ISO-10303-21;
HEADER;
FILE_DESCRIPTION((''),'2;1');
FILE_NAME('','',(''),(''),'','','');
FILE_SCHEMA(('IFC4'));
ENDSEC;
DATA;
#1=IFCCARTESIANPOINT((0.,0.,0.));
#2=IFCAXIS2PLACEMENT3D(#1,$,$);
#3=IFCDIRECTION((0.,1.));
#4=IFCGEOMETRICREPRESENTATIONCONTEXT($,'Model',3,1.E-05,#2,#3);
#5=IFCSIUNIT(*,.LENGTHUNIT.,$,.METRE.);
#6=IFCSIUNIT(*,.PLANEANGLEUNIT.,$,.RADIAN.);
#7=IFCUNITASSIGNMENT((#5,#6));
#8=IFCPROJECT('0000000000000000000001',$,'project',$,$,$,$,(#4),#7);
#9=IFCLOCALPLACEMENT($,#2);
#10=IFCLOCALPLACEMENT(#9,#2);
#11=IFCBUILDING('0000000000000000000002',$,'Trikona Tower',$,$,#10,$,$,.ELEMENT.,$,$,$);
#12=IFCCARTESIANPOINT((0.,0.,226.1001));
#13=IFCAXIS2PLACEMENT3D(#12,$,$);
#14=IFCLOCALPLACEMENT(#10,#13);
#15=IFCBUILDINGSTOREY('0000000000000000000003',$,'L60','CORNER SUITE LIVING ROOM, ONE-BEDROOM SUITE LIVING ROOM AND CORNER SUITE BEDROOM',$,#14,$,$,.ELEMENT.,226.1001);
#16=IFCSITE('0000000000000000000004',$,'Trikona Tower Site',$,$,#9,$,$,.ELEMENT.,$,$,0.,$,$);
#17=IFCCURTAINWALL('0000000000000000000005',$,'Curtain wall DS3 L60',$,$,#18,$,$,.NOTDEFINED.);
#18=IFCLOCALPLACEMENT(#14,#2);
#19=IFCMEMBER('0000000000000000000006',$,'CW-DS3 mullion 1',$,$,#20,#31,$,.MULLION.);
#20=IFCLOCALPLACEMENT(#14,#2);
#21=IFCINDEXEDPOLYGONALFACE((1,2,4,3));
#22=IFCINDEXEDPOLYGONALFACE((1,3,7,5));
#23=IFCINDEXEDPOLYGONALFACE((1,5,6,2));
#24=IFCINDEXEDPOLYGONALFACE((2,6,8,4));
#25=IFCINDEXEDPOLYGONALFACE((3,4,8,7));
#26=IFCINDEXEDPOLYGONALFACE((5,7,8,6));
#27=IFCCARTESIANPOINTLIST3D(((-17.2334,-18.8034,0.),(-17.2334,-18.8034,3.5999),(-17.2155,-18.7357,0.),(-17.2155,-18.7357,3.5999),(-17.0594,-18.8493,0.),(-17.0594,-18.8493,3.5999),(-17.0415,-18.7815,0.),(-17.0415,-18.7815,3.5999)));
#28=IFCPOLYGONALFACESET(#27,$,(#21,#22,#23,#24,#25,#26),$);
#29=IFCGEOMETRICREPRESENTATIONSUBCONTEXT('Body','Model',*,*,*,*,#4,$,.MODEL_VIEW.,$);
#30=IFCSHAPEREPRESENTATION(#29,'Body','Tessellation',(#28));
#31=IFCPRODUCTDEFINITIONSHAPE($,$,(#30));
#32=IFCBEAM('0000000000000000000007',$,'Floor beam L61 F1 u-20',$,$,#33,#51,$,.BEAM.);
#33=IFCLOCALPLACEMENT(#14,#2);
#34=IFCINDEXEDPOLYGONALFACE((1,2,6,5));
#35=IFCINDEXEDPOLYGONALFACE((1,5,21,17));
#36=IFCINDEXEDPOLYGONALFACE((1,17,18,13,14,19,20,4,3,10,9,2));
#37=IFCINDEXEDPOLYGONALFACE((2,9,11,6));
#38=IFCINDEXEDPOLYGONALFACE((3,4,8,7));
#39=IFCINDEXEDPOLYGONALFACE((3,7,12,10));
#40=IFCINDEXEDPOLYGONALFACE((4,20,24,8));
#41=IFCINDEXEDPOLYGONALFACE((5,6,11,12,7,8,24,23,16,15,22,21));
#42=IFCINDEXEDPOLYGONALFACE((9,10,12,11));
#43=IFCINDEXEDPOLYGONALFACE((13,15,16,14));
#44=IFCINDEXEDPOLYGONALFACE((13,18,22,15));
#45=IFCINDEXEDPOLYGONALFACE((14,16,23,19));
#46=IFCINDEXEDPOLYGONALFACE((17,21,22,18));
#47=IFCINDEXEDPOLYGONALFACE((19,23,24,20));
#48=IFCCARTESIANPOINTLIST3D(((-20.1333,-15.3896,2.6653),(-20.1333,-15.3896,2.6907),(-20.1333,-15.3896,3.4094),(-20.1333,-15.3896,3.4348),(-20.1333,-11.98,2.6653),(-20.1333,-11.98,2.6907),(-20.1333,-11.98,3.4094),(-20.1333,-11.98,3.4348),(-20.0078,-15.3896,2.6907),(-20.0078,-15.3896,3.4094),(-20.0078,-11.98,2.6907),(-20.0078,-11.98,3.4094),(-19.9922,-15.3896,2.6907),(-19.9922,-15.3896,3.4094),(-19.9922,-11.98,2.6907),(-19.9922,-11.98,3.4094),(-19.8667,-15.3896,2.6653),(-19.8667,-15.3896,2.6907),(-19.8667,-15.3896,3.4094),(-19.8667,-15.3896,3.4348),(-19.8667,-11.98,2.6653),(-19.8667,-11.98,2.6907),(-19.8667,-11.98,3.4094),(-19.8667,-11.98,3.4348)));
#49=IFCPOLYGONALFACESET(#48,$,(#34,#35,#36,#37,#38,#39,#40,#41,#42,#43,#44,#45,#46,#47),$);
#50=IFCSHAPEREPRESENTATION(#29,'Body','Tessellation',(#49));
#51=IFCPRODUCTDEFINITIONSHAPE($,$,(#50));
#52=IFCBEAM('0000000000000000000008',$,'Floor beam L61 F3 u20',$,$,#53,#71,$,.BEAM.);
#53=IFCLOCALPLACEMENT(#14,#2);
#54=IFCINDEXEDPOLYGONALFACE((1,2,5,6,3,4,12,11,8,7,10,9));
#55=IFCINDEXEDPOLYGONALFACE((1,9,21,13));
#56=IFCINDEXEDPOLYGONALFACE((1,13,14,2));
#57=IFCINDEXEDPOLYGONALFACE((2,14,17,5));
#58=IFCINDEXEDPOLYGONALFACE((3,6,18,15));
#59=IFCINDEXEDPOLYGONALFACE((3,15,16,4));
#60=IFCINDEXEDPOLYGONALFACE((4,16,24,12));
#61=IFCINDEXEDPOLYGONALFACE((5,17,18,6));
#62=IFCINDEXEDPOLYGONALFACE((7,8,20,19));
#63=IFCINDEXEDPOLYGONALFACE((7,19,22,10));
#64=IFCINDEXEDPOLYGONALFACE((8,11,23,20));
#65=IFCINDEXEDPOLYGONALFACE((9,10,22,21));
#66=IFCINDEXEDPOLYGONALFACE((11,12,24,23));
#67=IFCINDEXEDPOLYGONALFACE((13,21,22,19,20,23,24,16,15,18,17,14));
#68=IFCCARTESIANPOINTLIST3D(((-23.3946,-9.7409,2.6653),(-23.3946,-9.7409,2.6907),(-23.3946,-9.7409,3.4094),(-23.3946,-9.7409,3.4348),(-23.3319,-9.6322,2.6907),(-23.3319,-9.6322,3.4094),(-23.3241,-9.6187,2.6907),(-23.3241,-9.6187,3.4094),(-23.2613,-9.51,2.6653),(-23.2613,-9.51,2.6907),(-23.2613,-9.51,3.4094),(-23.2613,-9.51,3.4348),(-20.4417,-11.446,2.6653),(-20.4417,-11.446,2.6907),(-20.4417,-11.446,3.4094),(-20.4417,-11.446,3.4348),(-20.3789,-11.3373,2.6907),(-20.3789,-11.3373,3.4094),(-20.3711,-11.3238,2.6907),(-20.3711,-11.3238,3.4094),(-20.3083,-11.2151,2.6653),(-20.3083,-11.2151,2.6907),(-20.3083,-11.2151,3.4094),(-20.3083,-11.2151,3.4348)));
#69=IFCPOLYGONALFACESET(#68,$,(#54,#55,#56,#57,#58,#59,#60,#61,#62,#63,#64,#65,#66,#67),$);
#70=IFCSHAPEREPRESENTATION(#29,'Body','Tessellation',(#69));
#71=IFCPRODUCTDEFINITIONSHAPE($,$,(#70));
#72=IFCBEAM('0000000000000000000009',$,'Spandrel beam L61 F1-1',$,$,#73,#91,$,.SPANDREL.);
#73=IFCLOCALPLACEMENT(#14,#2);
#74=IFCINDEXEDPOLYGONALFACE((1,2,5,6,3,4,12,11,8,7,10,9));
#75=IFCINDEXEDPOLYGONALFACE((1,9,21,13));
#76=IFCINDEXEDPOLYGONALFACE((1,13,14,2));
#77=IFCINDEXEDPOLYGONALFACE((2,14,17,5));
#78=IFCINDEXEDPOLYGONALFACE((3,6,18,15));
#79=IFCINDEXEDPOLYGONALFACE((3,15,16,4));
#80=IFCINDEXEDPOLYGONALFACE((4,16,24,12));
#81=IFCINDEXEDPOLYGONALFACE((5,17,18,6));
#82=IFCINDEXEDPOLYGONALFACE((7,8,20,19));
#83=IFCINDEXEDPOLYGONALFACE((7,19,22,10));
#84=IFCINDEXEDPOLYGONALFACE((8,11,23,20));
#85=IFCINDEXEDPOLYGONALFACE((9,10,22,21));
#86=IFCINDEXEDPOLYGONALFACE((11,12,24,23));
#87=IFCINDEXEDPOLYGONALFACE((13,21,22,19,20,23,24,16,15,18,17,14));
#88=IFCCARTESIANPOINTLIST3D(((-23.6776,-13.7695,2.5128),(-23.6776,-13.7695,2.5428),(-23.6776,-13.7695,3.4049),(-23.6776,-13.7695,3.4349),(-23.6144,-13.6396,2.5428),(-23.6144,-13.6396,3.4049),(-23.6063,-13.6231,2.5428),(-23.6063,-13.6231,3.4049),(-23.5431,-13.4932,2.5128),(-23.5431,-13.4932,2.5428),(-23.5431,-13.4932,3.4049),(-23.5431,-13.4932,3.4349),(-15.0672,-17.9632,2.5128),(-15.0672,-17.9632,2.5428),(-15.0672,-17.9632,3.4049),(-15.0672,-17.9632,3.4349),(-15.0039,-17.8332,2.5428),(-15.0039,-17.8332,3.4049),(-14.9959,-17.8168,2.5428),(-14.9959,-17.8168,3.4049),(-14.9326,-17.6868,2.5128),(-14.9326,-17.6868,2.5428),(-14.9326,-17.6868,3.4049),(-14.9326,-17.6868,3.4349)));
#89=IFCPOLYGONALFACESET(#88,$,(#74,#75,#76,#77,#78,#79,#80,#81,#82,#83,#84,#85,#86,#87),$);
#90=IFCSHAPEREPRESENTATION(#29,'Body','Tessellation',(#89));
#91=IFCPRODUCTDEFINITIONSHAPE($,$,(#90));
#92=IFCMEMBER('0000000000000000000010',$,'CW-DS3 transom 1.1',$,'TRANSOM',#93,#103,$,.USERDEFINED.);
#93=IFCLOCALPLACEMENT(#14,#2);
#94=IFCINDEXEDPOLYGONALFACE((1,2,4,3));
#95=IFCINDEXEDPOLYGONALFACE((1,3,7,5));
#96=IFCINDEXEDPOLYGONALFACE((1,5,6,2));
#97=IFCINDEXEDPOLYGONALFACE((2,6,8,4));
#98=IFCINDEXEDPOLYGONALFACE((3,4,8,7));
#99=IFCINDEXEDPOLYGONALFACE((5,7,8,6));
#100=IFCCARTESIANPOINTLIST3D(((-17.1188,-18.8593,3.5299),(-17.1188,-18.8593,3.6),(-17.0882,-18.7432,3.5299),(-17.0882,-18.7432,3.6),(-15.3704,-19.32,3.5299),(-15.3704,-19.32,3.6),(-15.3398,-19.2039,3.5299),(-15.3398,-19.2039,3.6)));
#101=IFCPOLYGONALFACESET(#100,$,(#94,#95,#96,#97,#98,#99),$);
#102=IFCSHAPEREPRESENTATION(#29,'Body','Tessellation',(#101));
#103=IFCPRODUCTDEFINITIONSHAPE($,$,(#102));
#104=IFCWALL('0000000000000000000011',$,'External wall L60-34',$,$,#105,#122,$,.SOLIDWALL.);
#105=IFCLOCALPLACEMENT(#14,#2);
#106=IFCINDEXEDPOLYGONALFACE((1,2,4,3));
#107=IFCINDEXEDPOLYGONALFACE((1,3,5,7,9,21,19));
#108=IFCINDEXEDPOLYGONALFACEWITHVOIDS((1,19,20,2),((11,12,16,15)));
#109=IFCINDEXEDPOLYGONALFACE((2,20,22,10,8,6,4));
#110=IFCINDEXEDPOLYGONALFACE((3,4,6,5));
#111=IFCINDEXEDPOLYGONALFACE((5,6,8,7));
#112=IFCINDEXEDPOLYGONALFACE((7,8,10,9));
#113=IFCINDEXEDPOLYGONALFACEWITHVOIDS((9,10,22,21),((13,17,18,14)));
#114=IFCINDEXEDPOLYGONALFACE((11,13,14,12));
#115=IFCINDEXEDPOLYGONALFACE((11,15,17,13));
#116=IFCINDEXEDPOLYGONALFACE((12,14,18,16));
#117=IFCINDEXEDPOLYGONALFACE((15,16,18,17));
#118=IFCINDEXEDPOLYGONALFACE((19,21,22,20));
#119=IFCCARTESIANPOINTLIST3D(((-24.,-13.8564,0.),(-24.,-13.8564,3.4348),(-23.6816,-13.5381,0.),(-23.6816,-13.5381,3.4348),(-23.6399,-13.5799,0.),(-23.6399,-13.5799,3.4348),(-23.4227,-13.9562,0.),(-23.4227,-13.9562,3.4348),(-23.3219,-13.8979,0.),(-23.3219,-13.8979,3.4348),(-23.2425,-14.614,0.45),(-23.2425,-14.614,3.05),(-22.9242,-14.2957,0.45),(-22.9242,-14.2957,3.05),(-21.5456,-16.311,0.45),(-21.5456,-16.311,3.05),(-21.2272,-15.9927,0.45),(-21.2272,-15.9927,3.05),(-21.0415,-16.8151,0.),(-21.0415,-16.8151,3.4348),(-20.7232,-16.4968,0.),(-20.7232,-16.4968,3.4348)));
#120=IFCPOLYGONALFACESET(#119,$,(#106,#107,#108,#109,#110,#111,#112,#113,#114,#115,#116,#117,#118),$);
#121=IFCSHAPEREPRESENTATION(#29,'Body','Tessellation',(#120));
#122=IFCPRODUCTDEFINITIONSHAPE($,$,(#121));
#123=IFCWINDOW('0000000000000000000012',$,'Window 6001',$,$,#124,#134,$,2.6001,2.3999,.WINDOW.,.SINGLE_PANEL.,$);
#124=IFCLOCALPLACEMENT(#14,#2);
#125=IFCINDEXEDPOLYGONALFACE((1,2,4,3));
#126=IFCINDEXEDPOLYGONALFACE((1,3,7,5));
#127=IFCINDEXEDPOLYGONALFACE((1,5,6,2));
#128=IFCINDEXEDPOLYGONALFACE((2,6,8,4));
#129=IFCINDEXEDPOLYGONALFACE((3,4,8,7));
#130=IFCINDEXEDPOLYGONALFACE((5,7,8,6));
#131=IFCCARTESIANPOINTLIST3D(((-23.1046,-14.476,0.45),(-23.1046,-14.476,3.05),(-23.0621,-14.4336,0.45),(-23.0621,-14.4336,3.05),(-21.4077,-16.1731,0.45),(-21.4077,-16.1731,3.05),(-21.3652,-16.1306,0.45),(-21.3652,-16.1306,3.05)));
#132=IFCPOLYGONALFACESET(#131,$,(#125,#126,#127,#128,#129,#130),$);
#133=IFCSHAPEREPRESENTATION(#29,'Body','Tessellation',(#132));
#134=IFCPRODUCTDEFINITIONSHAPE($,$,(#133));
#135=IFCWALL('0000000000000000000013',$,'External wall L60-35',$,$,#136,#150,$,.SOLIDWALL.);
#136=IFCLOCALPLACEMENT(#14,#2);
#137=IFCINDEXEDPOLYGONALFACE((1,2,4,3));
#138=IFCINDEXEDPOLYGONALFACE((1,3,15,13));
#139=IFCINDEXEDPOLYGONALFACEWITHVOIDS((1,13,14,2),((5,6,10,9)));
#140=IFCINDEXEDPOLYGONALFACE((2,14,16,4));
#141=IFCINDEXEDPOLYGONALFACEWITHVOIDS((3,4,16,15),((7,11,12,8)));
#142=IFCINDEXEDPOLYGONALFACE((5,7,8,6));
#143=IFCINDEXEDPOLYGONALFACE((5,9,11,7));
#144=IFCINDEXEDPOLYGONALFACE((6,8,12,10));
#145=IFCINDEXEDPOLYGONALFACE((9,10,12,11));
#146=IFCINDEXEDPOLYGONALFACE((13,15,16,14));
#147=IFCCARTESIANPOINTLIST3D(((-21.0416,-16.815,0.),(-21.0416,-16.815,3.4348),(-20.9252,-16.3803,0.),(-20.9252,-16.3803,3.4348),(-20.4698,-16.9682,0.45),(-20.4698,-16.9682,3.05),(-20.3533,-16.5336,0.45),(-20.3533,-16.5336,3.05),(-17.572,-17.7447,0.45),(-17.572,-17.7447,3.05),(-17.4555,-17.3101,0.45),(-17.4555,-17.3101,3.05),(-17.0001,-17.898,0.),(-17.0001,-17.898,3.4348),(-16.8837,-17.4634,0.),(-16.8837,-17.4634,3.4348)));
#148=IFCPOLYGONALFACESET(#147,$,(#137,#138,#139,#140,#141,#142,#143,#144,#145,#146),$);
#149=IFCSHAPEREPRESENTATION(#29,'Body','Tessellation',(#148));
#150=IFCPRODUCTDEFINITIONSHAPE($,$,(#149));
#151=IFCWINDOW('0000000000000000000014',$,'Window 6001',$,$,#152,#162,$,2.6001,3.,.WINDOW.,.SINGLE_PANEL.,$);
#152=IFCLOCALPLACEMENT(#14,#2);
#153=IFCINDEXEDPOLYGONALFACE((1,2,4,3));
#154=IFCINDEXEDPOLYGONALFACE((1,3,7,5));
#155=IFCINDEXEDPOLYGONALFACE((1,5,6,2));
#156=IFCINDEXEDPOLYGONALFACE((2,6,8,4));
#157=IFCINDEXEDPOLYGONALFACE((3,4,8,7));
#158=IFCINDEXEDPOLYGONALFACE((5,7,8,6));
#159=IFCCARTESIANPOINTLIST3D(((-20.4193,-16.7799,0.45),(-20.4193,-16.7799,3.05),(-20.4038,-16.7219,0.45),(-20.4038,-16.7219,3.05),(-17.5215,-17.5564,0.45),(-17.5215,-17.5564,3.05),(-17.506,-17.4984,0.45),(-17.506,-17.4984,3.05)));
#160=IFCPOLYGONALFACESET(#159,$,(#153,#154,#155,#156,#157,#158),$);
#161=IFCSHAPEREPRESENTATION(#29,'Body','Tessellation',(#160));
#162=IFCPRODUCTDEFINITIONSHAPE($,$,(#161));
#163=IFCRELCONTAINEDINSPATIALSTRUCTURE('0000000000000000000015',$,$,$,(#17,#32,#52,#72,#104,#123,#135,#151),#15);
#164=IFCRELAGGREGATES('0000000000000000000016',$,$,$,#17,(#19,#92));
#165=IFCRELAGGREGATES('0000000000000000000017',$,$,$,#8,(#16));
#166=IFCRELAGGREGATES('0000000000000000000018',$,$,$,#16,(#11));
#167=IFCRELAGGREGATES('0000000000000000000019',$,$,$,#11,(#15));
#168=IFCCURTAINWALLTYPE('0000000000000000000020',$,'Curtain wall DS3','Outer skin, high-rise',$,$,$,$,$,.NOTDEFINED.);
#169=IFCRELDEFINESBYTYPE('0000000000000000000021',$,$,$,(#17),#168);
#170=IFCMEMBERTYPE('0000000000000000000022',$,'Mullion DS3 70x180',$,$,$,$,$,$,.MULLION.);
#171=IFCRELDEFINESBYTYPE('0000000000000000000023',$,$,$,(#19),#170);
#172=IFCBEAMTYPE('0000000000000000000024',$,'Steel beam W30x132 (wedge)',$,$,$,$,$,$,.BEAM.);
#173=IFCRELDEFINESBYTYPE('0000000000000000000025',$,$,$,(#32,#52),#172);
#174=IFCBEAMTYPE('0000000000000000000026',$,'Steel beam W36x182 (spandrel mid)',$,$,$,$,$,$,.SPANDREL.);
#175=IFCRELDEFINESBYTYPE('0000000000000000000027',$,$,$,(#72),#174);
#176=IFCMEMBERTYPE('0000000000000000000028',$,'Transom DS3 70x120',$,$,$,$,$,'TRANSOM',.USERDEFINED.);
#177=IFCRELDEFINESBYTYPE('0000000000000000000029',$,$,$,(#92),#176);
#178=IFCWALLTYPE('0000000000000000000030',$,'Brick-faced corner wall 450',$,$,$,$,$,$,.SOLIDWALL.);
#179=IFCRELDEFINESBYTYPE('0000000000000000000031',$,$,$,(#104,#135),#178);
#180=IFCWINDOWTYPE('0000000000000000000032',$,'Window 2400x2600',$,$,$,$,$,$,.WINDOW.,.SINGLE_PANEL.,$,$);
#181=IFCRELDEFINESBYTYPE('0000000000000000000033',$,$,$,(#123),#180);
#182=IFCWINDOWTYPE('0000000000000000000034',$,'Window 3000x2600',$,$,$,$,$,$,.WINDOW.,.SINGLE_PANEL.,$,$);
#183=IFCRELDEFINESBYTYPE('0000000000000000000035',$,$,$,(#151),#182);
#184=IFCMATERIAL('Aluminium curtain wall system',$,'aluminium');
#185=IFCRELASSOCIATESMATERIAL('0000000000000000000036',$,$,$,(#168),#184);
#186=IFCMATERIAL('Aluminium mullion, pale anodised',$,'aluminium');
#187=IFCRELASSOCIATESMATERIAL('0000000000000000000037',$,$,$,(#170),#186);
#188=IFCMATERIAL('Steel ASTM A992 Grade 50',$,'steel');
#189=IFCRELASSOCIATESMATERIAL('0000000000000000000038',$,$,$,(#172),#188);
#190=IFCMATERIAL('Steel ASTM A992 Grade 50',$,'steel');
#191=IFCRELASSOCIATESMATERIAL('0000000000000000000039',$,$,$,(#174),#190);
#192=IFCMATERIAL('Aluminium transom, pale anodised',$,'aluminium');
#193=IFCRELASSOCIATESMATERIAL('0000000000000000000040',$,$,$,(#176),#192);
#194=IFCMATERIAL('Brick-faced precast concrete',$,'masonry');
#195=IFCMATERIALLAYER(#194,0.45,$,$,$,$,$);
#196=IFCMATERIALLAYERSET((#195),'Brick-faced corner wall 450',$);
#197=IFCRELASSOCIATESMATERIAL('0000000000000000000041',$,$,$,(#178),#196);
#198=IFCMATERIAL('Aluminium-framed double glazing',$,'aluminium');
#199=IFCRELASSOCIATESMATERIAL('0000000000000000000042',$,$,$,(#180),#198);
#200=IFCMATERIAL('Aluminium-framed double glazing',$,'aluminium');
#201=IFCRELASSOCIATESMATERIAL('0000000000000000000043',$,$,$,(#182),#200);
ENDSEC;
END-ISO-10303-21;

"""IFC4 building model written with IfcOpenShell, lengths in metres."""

from ifc_helpers import new_model, si_unit, direction, frame, frame_2d, origin, origin_2d, place, context, subcontext, project, spatial, polyline, rectangle, i_section, outline, extrude, material, layer, layer_set, material_profile, profile_set, type_object, element, fill, aggregate, save


model = new_model("IFC4")

# Units and contexts
model_context = context("Model", 3, precision=1e-05, world=origin(), true_north=direction((0.0, 1.0)))
body_context = subcontext(model_context, "Body", "Model", "MODEL_VIEW")
ifc_project = project(units=[si_unit("LENGTHUNIT", "METRE"), si_unit("PLANEANGLEUNIT", "RADIAN")], contexts=[model_context])

# Site, building, storey
site_placement = place(None, origin())
site = spatial("IfcSite", under=ifc_project, at=site_placement, Name="Trikona Tower Site", CompositionType="ELEMENT", RefElevation=0.0)
building_placement = place(site_placement, origin())
building = spatial("IfcBuilding", under=site, at=building_placement, Name="Trikona Tower", CompositionType="ELEMENT")
storey_placement = place(building_placement, frame((0.0, 0.0, 226.1001)))
storey = spatial("IfcBuildingStorey", under=building, at=storey_placement, Name="L60", Description="CORNER SUITE LIVING ROOM, ONE-BEDROOM SUITE LIVING ROOM AND CORNER SUITE BEDROOM", CompositionType="ELEMENT", Elevation=226.1001)

# Curtain wall, member
ifc_material_1 = material(Name="Aluminium curtain wall system", Category="aluminium")
curtain_wall_type = type_object("IfcCurtainWallType", Name="Curtain wall DS3", Description="Outer skin, high-rise", PredefinedType="NOTDEFINED", material=ifc_material_1)
curtain_wall_placement = place(storey_placement, origin())
curtain_wall = element("IfcCurtainWall", 1, at=curtain_wall_placement, inside=storey, type_object=curtain_wall_type, Name="Curtain wall DS3 L60", PredefinedType="NOTDEFINED")
ifc_material_2 = material(Name="Aluminium mullion, pale anodised", Category="aluminium")
ifc_material_profile_1 = material_profile(ifc_material_2, rectangle(XDim=0.0701, YDim=0.1799, at=origin_2d()), Name="MUL-DS3")
ifc_profile_set_1 = profile_set([ifc_material_profile_1], Name="Aluminium mullion, pale anodised")
member_type_1 = type_object("IfcMemberType", Name="Mullion DS3 70x180", PredefinedType="MULLION", material=ifc_profile_set_1)
member_1_placement = place(storey_placement, frame((-17.1375, -18.7925, 0.0), z_axis=(0.0, 0.0, 1.0), x_axis=(0.254786, 0.966997, 0.0)))
member_1 = element("IfcMember", 2, at=member_1_placement, type_object=member_type_1, Name="CW-DS3 mullion 1", PredefinedType="MULLION", context=body_context, shape_type="SweptSolid", body=[
    extrude(rectangle(XDim=0.0701, YDim=0.1799, at=origin_2d()), origin(), (0.0, 0.0, 1.0), 3.5999),
])

# Beams
ifc_material_3 = material(Name="Steel ASTM A992 Grade 50", Category="steel")
ifc_material_profile_2 = material_profile(ifc_material_3, i_section(OverallWidth=0.2666, OverallDepth=0.7695, WebThickness=0.0156, FlangeThickness=0.0254, at=origin_2d()), Name="W30X132")
ifc_profile_set_2 = profile_set([ifc_material_profile_2], Name="Steel ASTM A992 Grade 50")
beam_type_1 = type_object("IfcBeamType", Name="Steel beam W30x132 (wedge)", PredefinedType="BEAM", material=ifc_profile_set_2)
beam_1_placement = place(storey_placement, frame((-20.0, -11.98, 3.05), z_axis=(0.0, -1.0, 0.0), x_axis=(1.0, 0.0, 0.0)))
element("IfcBeam", 3, at=beam_1_placement, inside=storey, type_object=beam_type_1, Name="Floor beam L61 F1 u-20", PredefinedType="BEAM", context=body_context, shape_type="SweptSolid", body=[
    extrude(i_section(OverallWidth=0.2666, OverallDepth=0.7695, WebThickness=0.0156, FlangeThickness=0.0254, at=origin_2d()), origin(), (0.0, 0.0, 1.0), 3.4097),
])
beam_2_placement = place(storey_placement, frame((-20.375, -11.3306, 3.05), z_axis=(-0.865996, 0.500051, 0.0), x_axis=(-0.500051, -0.865996, 0.0)))
element("IfcBeam", 4, at=beam_2_placement, inside=storey, type_object=beam_type_1, Name="Floor beam L61 F3 u20", PredefinedType="BEAM", context=body_context, shape_type="SweptSolid", body=[
    extrude(i_section(OverallWidth=0.2666, OverallDepth=0.7695, WebThickness=0.0156, FlangeThickness=0.0254, at=origin_2d()), origin(), (0.0, 0.0, 1.0), 3.4099),
])
ifc_material_4 = material(Name="Steel ASTM A992 Grade 50", Category="steel")
ifc_material_profile_3 = material_profile(ifc_material_4, i_section(OverallWidth=0.3074, OverallDepth=0.9221, WebThickness=0.0183, FlangeThickness=0.03, at=origin_2d()), Name="W36X182")
ifc_profile_set_3 = profile_set([ifc_material_profile_3], Name="Steel ASTM A992 Grade 50")
beam_type_2 = type_object("IfcBeamType", Name="Steel beam W36x182 (spandrel mid)", PredefinedType="SPANDREL", material=ifc_profile_set_3)
beam_3_placement = place(storey_placement, frame((-23.6104, -13.6313, 2.9739), z_axis=(0.899039, -0.43787, 0.0), x_axis=(0.43787, 0.899039, 0.0)))
element("IfcBeam", 5, at=beam_3_placement, inside=storey, type_object=beam_type_2, Name="Spandrel beam L61 F1-1", PredefinedType="SPANDREL", context=body_context, shape_type="SweptSolid", body=[
    extrude(i_section(OverallWidth=0.3074, OverallDepth=0.9221, WebThickness=0.0183, FlangeThickness=0.03, at=origin_2d()), origin(), (0.0, 0.0, 1.0), 9.5774),
])

# Member
ifc_material_5 = material(Name="Aluminium transom, pale anodised", Category="aluminium")
ifc_material_profile_4 = material_profile(ifc_material_5, rectangle(XDim=0.1201, YDim=0.0701, at=origin_2d()), Name="TRN-DS3")
ifc_profile_set_4 = profile_set([ifc_material_profile_4], Name="Aluminium transom, pale anodised")
member_type_2 = type_object("IfcMemberType", Name="Transom DS3 70x120", ElementType="TRANSOM", PredefinedType="USERDEFINED", material=ifc_profile_set_4)
member_2_placement = place(storey_placement, frame((-17.1035, -18.8013, 3.5649), z_axis=(0.966999, -0.254779, 0.0), x_axis=(0.254779, 0.966999, 0.0)))
member_2 = element("IfcMember", 6, at=member_2_placement, type_object=member_type_2, Name="CW-DS3 transom 1.1", ObjectType="TRANSOM", PredefinedType="USERDEFINED", context=body_context, shape_type="SweptSolid", body=[
    extrude(rectangle(XDim=0.1201, YDim=0.0701, at=origin_2d()), origin(), (0.0, 0.0, 1.0), 1.8081),
])
aggregate(curtain_wall, [member_1, member_2])

# Walls, openings, windows
ifc_material_6 = material(Name="Brick-faced precast concrete", Category="masonry")
ifc_layer_1 = layer(ifc_material_6, 0.45)
ifc_layer_set_1 = layer_set([ifc_layer_1], Name="Brick-faced corner wall 450")
wall_type_1 = type_object("IfcWallType", Name="Brick-faced corner wall 450", PredefinedType="SOLIDWALL", material=ifc_layer_set_1)
wall_1_placement = place(storey_placement, frame((-23.8408, -13.6973, 0.0), z_axis=(0.0, 0.0, 1.0), x_axis=(0.707078, -0.707136, 0.0)))
wall_1 = element("IfcWall", 7, at=wall_1_placement, inside=storey, type_object=wall_type_1, Name="External wall L60-34", PredefinedType="SOLIDWALL", context=body_context, shape_type="SweptSolid", body=[
    extrude(outline(polyline([(4.1841, 0.2251), (0.5088, 0.2251), (0.4788, 0.1125), (0.0591, 0.2251), (0.0, 0.2251), (0.0, -0.2251), (4.1841, -0.2251), (4.1841, 0.2251)])), origin(), (0.0, 0.0, 1.0), 3.4348),
])
opening_1_placement = place(wall_1_placement, frame((1.0713, 0.0, 0.45)))
opening_1 = element("IfcOpeningElement", 8, at=opening_1_placement, cuts=wall_1, PredefinedType="OPENING", context=body_context, shape_type="SweptSolid", body=[
    extrude(rectangle(XDim=2.3999, YDim=2.6001, at=frame_2d((1.2, 1.3))), frame((0.0, 0.2349, 0.0), z_axis=(0.0, -1.0, 0.0), x_axis=(1.0, 0.0, 0.0)), (0.0, 0.0, 1.0), 0.47),
])
ifc_material_7 = material(Name="Aluminium-framed double glazing", Category="aluminium")
window_type_1 = type_object("IfcWindowType", Name="Window 2400x2600", PartitioningType="SINGLE_PANEL", PredefinedType="WINDOW", material=ifc_material_7)
window_1_placement = place(opening_1_placement, origin())
window_1 = element("IfcWindow", 9, at=window_1_placement, inside=storey, type_object=window_type_1, Name="Window 6001", OverallHeight=2.6001, OverallWidth=2.3999, PartitioningType="SINGLE_PANEL", PredefinedType="WINDOW", context=body_context, shape_type="SweptSolid", body=[
    extrude(rectangle(XDim=2.3999, YDim=2.6001, at=frame_2d((1.2, 1.3))), frame((0.0, 0.03, 0.0), z_axis=(0.0, -1.0, 0.0), x_axis=(1.0, 0.0, 0.0)), (0.0, 0.0, 1.0), 0.0601),
])
fill(opening_1, window_1)
wall_2_placement = place(storey_placement, frame((-20.9834, -16.5977, 0.0), z_axis=(0.0, 0.0, 1.0), x_axis=(0.96592, -0.258839, 0.0)))
wall_2 = element("IfcWall", 10, at=wall_2_placement, inside=storey, type_object=wall_type_1, Name="External wall L60-35", PredefinedType="SOLIDWALL", context=body_context, shape_type="SweptSolid", body=[
    extrude(rectangle(XDim=4.1841, YDim=0.45, at=frame_2d((2.092, 0.0))), origin(), (0.0, 0.0, 1.0), 3.4348),
])
opening_2_placement = place(wall_2_placement, frame((0.592, 0.0, 0.45)))
opening_2 = element("IfcOpeningElement", 11, at=opening_2_placement, cuts=wall_2, PredefinedType="OPENING", context=body_context, shape_type="SweptSolid", body=[
    extrude(rectangle(XDim=3.0, YDim=2.6001, at=frame_2d((1.5, 1.3))), frame((0.0, 0.2349, 0.0), z_axis=(0.0, -1.0, 0.0), x_axis=(1.0, 0.0, 0.0)), (0.0, 0.0, 1.0), 0.47),
])
ifc_material_8 = material(Name="Aluminium-framed double glazing", Category="aluminium")
window_type_2 = type_object("IfcWindowType", Name="Window 3000x2600", PartitioningType="SINGLE_PANEL", PredefinedType="WINDOW", material=ifc_material_8)
window_2_placement = place(opening_2_placement, origin())
window_2 = element("IfcWindow", 12, at=window_2_placement, inside=storey, type_object=window_type_2, Name="Window 6001", OverallHeight=2.6001, OverallWidth=3.0, PartitioningType="SINGLE_PANEL", PredefinedType="WINDOW", context=body_context, shape_type="SweptSolid", body=[
    extrude(rectangle(XDim=3.0, YDim=2.6001, at=frame_2d((1.5, 1.3))), frame((0.0, 0.03, 0.0), z_axis=(0.0, -1.0, 0.0), x_axis=(1.0, 0.0, 0.0)), (0.0, 0.0, 1.0), 0.0601),
])
fill(opening_2, window_2)

save(model, "model.ifc")
